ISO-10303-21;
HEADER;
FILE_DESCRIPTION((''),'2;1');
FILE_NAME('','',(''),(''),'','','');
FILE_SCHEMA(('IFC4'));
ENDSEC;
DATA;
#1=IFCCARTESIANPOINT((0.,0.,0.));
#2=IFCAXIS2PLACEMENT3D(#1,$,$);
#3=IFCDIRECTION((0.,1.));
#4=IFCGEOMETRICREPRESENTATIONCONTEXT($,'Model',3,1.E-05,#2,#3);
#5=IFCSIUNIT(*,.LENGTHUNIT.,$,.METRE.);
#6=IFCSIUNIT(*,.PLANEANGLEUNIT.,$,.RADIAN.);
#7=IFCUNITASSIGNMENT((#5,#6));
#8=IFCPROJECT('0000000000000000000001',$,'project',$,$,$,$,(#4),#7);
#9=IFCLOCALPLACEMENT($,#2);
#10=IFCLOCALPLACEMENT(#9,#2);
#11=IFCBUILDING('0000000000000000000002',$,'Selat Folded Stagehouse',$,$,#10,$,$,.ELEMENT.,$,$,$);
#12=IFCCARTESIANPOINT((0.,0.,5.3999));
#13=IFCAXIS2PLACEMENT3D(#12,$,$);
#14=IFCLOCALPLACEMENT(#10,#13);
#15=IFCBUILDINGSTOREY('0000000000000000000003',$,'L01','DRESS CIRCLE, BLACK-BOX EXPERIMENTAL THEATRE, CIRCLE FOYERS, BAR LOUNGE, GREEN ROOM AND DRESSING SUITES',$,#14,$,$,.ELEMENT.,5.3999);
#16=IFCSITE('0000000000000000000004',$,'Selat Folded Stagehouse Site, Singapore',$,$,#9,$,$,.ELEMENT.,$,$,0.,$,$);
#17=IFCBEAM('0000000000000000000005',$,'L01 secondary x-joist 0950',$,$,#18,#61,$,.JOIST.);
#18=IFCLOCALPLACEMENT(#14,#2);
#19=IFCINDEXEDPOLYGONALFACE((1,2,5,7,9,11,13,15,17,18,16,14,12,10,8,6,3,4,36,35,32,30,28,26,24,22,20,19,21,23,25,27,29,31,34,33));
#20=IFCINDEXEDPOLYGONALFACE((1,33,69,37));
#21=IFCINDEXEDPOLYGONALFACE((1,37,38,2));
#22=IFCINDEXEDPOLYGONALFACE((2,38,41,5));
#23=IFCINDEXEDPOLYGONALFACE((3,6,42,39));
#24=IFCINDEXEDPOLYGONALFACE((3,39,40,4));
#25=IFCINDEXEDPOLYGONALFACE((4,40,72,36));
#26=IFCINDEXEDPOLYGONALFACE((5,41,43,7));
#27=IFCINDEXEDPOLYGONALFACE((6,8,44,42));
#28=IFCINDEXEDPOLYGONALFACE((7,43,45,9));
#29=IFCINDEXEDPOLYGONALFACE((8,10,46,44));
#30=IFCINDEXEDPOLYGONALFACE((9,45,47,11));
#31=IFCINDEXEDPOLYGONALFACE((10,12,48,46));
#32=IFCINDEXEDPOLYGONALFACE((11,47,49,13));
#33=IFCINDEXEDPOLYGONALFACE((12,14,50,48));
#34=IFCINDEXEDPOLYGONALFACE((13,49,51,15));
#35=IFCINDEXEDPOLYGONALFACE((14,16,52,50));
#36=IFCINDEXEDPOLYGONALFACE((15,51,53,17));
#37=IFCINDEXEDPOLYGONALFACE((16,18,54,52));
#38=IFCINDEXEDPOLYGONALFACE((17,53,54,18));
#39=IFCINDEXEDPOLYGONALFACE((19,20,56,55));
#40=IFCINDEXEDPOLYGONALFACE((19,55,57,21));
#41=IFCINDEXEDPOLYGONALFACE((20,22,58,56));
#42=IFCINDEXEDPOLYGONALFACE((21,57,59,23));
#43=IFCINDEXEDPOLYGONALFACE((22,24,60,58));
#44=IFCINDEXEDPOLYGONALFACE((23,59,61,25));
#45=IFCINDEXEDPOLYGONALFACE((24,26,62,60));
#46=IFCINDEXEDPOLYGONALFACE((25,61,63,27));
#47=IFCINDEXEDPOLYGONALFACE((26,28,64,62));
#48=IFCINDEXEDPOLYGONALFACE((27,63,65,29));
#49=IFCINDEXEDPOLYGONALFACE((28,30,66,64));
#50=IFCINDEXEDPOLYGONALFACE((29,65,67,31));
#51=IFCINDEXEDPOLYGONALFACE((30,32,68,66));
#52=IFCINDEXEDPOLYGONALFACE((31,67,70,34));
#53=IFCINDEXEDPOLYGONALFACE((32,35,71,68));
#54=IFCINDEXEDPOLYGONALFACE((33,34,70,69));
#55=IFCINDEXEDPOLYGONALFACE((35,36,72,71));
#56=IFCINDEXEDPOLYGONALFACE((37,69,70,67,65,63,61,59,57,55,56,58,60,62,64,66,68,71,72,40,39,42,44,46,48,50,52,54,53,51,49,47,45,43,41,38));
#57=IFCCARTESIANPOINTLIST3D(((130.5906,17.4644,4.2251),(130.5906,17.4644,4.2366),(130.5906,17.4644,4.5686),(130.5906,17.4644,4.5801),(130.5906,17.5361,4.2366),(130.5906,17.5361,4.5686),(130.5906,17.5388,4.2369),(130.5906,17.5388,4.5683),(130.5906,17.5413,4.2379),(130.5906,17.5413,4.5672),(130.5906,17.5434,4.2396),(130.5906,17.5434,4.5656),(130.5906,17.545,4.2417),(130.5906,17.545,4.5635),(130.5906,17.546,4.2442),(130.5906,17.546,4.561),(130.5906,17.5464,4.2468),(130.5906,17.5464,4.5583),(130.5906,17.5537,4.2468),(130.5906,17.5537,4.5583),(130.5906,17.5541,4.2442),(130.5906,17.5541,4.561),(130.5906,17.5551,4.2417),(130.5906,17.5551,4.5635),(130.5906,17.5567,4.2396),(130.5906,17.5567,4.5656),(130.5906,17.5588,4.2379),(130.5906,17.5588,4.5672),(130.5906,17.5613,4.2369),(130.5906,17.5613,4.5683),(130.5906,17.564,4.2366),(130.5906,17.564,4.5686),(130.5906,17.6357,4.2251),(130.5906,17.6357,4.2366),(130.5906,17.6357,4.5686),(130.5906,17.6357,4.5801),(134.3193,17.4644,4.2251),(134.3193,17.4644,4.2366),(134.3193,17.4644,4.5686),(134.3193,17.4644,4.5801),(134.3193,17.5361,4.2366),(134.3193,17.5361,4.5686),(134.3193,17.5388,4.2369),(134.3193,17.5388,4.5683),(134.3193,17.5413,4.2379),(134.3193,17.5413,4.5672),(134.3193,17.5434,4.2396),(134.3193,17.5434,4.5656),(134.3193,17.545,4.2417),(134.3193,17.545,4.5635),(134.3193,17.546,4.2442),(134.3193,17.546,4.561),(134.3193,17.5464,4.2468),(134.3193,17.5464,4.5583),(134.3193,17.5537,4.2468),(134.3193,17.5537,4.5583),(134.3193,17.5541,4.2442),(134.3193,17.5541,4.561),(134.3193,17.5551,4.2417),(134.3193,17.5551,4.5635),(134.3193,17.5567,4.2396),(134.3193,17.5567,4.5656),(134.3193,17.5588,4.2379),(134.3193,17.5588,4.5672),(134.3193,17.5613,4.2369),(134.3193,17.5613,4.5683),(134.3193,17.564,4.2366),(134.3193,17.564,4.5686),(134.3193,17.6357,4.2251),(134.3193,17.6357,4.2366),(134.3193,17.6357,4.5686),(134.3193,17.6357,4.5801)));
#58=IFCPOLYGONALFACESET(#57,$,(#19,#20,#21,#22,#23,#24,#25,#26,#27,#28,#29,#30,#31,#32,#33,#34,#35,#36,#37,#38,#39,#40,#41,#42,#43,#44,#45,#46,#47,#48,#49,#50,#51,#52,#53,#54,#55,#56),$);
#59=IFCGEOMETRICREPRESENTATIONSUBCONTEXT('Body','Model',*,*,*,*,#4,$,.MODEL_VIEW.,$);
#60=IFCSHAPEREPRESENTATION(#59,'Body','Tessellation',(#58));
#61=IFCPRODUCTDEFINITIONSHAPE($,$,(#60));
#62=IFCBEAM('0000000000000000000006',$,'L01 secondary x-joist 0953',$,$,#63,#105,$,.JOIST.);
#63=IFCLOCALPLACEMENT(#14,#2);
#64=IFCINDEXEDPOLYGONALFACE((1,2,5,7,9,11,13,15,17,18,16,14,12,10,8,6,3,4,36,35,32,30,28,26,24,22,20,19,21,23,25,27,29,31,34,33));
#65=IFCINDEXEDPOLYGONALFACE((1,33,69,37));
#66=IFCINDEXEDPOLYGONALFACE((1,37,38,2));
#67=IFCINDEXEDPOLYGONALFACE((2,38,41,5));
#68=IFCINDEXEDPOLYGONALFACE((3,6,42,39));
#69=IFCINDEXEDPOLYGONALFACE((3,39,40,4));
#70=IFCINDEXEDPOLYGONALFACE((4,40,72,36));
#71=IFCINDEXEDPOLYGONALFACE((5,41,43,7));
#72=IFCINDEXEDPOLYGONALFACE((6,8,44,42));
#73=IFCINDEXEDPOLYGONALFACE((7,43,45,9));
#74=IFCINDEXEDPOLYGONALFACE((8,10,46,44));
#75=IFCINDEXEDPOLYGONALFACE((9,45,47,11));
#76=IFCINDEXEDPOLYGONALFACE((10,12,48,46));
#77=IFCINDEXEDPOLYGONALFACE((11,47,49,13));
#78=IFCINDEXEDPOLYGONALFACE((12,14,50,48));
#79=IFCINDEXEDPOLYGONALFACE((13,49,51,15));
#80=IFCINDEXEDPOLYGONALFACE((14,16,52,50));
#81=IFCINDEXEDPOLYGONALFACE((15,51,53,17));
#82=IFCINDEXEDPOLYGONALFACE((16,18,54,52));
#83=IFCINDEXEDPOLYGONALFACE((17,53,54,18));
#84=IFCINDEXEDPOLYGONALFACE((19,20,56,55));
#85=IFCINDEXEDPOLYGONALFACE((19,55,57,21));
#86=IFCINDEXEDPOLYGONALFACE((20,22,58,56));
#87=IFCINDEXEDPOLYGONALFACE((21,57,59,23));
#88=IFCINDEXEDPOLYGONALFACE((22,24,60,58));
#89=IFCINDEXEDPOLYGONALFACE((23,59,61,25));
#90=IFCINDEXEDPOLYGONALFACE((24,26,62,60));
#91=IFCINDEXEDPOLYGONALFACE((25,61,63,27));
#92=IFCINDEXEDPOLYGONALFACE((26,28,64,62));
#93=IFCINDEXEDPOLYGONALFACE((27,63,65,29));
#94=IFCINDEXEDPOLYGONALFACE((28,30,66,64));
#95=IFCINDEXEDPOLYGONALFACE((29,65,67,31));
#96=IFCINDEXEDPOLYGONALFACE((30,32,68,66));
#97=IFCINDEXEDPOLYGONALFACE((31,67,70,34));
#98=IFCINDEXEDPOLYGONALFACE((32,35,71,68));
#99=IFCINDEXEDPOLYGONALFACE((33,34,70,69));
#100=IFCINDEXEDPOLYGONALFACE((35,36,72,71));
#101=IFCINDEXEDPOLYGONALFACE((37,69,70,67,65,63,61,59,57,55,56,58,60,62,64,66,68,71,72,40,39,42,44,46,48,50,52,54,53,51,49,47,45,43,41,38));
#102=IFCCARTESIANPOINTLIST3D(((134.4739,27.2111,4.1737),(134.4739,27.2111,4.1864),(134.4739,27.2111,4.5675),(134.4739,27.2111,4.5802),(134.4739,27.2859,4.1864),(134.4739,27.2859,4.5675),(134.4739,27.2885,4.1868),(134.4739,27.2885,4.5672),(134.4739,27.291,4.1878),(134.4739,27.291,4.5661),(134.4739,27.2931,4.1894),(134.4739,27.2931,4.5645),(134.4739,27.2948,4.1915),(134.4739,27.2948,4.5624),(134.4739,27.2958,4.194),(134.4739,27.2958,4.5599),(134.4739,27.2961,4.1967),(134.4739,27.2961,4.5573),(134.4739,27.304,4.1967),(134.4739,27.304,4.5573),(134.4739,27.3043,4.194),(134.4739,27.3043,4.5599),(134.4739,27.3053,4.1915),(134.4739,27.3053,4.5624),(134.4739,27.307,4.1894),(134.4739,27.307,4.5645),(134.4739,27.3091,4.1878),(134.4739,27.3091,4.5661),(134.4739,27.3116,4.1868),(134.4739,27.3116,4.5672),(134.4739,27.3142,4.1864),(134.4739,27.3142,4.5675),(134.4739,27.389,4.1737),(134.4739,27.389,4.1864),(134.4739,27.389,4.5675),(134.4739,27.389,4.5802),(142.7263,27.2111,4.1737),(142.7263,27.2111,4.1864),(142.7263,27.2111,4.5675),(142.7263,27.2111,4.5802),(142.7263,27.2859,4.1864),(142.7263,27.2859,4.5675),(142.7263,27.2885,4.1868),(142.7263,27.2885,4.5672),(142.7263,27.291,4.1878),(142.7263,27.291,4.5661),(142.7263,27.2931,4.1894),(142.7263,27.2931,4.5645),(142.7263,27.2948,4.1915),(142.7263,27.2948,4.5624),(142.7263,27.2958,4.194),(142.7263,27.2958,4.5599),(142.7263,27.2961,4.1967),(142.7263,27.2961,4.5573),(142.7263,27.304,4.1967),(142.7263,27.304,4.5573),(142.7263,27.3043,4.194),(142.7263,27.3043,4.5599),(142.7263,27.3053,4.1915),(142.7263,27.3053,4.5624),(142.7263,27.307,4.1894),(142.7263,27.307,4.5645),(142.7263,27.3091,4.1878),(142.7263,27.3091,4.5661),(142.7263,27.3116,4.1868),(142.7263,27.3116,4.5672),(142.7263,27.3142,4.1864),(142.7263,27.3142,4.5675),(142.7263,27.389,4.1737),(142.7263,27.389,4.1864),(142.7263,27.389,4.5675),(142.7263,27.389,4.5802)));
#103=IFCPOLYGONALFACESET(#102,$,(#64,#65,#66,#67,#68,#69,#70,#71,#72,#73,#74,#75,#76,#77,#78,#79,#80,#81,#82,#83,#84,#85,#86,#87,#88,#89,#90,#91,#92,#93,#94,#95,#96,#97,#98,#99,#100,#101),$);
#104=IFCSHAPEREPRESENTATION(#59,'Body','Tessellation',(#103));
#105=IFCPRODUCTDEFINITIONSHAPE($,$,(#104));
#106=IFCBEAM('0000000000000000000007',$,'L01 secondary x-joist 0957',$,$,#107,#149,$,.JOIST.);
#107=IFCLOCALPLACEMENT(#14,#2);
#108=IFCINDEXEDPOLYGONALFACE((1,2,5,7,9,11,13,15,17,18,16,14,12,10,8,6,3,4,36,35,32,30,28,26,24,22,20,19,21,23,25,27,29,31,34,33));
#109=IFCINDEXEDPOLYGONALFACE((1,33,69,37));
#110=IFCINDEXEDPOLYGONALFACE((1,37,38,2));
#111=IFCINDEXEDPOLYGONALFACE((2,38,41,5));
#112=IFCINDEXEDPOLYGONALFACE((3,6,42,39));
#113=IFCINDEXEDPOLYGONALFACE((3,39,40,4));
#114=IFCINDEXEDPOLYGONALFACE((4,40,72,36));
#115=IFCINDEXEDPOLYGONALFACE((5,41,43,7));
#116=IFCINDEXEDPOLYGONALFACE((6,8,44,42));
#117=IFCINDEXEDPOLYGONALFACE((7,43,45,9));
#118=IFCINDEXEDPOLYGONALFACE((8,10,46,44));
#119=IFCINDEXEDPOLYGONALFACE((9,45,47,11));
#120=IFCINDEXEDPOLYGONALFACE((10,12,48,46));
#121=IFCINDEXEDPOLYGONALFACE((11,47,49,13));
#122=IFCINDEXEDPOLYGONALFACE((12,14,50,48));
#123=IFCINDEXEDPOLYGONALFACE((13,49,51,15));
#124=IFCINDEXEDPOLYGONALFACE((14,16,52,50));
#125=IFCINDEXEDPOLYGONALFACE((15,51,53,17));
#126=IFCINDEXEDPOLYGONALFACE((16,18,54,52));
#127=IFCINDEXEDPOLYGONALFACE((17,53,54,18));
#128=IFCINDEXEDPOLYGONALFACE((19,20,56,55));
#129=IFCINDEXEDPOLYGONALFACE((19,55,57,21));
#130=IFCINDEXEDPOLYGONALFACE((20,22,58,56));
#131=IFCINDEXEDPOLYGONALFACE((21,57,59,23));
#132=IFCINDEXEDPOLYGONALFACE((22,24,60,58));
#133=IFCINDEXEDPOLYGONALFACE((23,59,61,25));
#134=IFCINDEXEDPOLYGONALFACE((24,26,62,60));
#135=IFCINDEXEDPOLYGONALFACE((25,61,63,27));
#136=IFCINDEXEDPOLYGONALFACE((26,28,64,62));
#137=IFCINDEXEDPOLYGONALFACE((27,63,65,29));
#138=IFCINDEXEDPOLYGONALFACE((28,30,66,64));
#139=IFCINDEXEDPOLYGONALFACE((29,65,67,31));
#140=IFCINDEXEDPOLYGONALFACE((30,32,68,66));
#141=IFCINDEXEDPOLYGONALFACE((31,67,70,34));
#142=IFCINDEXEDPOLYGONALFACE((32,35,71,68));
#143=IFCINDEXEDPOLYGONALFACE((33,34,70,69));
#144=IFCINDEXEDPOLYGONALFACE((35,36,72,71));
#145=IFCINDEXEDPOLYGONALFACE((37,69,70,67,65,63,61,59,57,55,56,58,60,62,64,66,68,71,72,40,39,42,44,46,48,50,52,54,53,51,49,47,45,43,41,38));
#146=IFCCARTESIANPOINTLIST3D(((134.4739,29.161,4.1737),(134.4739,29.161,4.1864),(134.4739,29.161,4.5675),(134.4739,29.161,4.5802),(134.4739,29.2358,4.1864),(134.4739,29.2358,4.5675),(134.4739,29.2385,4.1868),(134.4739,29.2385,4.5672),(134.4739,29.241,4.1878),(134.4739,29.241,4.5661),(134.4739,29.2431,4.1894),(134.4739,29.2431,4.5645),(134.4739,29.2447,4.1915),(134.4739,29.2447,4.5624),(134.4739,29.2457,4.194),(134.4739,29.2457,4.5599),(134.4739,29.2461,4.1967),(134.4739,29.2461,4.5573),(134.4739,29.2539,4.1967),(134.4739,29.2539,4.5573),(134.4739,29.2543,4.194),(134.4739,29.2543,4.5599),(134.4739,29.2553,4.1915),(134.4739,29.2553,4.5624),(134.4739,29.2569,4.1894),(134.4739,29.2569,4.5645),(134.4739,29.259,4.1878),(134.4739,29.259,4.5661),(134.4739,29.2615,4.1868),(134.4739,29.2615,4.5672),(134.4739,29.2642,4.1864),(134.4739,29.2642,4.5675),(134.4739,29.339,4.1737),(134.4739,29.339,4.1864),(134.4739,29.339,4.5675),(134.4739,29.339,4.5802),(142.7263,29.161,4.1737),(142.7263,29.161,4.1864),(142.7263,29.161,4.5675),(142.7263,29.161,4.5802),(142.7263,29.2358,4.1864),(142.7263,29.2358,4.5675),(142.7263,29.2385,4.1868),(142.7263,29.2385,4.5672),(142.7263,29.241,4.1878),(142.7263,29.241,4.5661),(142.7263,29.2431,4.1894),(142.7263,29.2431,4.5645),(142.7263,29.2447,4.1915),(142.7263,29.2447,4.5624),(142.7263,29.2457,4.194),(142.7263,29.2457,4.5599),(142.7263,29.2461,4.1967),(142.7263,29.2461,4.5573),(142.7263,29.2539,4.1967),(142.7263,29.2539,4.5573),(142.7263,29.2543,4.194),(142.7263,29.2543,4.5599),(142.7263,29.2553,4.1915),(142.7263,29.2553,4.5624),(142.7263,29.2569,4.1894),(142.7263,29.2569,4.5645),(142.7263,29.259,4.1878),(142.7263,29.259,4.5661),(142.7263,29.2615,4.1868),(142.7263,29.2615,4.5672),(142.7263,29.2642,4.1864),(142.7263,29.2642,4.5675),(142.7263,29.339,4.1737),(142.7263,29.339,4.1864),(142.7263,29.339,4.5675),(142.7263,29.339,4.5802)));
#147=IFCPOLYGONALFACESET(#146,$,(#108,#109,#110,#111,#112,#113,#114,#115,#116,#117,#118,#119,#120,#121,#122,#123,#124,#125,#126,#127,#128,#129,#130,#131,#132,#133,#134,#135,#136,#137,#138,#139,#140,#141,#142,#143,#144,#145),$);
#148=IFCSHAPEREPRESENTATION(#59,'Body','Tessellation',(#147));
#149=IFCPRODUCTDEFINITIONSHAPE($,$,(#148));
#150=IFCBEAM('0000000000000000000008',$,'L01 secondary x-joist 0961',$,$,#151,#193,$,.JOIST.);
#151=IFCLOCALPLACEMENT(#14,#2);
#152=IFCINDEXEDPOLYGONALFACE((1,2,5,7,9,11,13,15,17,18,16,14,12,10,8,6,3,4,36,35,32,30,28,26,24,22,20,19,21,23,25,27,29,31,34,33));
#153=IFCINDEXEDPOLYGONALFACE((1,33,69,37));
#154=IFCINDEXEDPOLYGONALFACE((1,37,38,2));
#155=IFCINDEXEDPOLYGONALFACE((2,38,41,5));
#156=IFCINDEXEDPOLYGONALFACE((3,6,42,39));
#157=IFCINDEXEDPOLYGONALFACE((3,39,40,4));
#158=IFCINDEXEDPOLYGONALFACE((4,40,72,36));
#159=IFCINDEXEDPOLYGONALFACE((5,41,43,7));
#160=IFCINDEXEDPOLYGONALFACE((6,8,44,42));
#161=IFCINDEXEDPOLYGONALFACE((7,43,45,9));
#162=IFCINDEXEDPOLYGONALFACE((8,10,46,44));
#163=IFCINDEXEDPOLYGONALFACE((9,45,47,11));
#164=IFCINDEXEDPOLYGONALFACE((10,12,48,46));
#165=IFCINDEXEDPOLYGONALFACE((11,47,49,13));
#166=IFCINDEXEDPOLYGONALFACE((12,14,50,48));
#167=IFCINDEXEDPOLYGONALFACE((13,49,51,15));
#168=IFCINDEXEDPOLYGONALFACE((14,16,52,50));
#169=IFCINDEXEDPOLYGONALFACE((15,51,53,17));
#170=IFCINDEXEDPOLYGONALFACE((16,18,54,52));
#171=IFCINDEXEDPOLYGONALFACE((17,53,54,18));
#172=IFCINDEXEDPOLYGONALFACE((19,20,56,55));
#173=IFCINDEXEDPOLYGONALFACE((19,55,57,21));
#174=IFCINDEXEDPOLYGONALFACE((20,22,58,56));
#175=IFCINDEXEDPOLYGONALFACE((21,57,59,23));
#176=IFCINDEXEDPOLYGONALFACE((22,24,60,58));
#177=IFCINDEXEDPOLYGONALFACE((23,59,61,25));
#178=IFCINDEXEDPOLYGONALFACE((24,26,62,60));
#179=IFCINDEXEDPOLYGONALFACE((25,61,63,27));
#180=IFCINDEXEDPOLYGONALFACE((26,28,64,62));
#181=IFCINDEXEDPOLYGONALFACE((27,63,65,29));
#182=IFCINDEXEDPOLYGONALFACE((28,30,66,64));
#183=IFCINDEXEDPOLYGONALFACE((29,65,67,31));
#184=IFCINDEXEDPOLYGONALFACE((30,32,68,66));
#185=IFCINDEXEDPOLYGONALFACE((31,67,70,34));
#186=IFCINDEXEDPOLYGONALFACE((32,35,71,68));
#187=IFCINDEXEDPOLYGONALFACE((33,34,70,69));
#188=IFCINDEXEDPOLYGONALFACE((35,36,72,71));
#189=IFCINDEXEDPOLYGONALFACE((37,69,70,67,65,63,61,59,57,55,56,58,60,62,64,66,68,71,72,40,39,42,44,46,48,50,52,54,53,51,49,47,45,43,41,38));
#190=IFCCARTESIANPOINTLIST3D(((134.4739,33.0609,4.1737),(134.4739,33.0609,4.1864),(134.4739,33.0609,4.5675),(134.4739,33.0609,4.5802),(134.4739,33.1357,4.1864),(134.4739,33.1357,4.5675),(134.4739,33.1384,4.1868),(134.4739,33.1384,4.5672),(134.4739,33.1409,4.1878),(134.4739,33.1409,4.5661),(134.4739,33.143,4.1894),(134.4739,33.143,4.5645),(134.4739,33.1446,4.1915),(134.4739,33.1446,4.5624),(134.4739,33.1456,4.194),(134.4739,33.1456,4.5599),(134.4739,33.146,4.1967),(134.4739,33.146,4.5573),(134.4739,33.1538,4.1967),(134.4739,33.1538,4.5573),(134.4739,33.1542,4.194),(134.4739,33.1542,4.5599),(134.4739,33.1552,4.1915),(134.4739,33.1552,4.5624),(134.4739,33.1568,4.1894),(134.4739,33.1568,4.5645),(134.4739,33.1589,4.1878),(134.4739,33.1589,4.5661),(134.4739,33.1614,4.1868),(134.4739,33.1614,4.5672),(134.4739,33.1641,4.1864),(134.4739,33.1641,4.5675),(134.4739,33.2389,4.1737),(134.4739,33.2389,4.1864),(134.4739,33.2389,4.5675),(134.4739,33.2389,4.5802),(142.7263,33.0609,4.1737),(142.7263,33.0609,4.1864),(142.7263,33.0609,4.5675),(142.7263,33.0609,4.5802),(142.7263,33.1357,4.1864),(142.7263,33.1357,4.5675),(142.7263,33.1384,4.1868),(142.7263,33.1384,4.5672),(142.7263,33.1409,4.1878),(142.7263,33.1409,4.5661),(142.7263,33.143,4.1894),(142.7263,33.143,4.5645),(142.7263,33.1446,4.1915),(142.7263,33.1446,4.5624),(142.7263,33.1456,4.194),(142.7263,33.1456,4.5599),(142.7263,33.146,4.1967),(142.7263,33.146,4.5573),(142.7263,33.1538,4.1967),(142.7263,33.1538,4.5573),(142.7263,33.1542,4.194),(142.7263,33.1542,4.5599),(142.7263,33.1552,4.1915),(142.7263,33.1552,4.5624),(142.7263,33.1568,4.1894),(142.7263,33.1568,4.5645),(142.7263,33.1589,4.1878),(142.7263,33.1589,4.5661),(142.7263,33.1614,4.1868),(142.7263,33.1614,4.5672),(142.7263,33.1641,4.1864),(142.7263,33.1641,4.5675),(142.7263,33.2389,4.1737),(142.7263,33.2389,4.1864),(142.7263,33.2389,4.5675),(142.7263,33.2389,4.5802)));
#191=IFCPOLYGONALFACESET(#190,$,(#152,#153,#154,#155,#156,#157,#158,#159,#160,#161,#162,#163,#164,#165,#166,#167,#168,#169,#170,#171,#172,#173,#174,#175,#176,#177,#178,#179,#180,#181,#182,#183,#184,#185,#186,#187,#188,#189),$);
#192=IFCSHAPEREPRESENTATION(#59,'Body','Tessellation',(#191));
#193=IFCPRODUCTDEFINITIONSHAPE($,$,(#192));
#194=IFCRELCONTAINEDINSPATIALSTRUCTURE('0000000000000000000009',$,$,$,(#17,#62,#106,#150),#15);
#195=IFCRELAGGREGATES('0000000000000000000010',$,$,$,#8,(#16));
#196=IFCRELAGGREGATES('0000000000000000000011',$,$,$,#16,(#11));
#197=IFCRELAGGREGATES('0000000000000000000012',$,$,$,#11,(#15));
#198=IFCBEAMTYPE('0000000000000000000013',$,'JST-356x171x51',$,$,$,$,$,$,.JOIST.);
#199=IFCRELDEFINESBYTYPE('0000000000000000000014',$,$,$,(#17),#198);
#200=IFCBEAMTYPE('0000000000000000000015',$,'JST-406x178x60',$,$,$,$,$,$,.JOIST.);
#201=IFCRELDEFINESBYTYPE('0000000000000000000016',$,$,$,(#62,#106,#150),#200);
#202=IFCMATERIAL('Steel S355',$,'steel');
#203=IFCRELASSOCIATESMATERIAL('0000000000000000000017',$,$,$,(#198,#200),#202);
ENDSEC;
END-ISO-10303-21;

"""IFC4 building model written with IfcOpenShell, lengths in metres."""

from ifc_helpers import new_model, si_unit, direction, frame, origin, origin_2d, place, context, subcontext, project, spatial, i_section, extrude, material, material_profile, profile_set, type_object, element, save


model = new_model("IFC4")

# Units and contexts
model_context = context("Model", 3, precision=1e-05, world=origin(), true_north=direction((0.0, 1.0)))
body_context = subcontext(model_context, "Body", "Model", "MODEL_VIEW")
ifc_project = project(units=[si_unit("LENGTHUNIT", "METRE"), si_unit("PLANEANGLEUNIT", "RADIAN")], contexts=[model_context])

# Site, building, storey
site_placement = place(None, origin())
site = spatial("IfcSite", under=ifc_project, at=site_placement, Name="Selat Folded Stagehouse Site, Singapore", CompositionType="ELEMENT", RefElevation=0.0)
building_placement = place(site_placement, origin())
building = spatial("IfcBuilding", under=site, at=building_placement, Name="Selat Folded Stagehouse", CompositionType="ELEMENT")
storey_placement = place(building_placement, frame((0.0, 0.0, 5.3999)))
storey = spatial("IfcBuildingStorey", under=building, at=storey_placement, Name="L01", Description="DRESS CIRCLE, BLACK-BOX EXPERIMENTAL THEATRE, CIRCLE FOYERS, BAR LOUNGE, GREEN ROOM AND DRESSING SUITES", CompositionType="ELEMENT", Elevation=5.3999)

# Shared definitions
ifc_material_1 = material(Name="Steel S355", Category="steel")

# Beams
ifc_material_profile_1 = material_profile(ifc_material_1, i_section(OverallWidth=0.1714, OverallDepth=0.355, WebThickness=0.0073, FlangeThickness=0.0115, FilletRadius=0.0103, at=origin_2d()), Name="UKB 356x171x51")
ifc_profile_set_1 = profile_set([ifc_material_profile_1], Name="Steel S355")
beam_type_1 = type_object("IfcBeamType", Name="JST-356x171x51", PredefinedType="JOIST", material=ifc_profile_set_1)
beam_1_placement = place(storey_placement, frame((130.5906, 17.55, 4.4026), z_axis=(1.0, 0.0, 0.0), x_axis=(0.0, 1.0, 0.0)))
element("IfcBeam", 1, at=beam_1_placement, inside=storey, type_object=beam_type_1, Name="L01 secondary x-joist 0950", PredefinedType="JOIST", context=body_context, shape_type="SweptSolid", body=[
    extrude(i_section(OverallWidth=0.1714, OverallDepth=0.355, WebThickness=0.0073, FlangeThickness=0.0115, FilletRadius=0.0103, at=origin_2d()), origin(), (0.0, 0.0, 1.0), 3.7288),
])
ifc_material_profile_2 = material_profile(ifc_material_1, i_section(OverallWidth=0.178, OverallDepth=0.4065, WebThickness=0.0078, FlangeThickness=0.0127, FilletRadius=0.0103, at=origin_2d()), Name="UKB 406x178x60")
ifc_profile_set_2 = profile_set([ifc_material_profile_2], Name="Steel S355")
beam_type_2 = type_object("IfcBeamType", Name="JST-406x178x60", PredefinedType="JOIST", material=ifc_profile_set_2)
for number, where, z_axis, x_axis, name in (
    (2, (134.4739, 27.3, 4.377), (1.0, 0.0, 0.0), (0.0, 1.0, 0.0), "L01 secondary x-joist 0953"),
    (3, (134.4739, 29.25, 4.377), (1.0, 0.0, 0.0), (0.0, 1.0, 0.0), "L01 secondary x-joist 0957"),
    (4, (134.4739, 33.1499, 4.377), (1.0, 0.0, 0.0), (0.0, 1.0, 0.0), "L01 secondary x-joist 0961"),
):
    element("IfcBeam", number, at=place(storey_placement, frame(where, z_axis=z_axis, x_axis=x_axis)), inside=storey, type_object=beam_type_2, Name=name, PredefinedType="JOIST", context=body_context, shape_type="SweptSolid", body=[
        extrude(i_section(OverallWidth=0.178, OverallDepth=0.4065, WebThickness=0.0078, FlangeThickness=0.0127, FilletRadius=0.0103, at=origin_2d()), origin(), (0.0, 0.0, 1.0), 8.2524),
    ])

save(model, "model.ifc")
